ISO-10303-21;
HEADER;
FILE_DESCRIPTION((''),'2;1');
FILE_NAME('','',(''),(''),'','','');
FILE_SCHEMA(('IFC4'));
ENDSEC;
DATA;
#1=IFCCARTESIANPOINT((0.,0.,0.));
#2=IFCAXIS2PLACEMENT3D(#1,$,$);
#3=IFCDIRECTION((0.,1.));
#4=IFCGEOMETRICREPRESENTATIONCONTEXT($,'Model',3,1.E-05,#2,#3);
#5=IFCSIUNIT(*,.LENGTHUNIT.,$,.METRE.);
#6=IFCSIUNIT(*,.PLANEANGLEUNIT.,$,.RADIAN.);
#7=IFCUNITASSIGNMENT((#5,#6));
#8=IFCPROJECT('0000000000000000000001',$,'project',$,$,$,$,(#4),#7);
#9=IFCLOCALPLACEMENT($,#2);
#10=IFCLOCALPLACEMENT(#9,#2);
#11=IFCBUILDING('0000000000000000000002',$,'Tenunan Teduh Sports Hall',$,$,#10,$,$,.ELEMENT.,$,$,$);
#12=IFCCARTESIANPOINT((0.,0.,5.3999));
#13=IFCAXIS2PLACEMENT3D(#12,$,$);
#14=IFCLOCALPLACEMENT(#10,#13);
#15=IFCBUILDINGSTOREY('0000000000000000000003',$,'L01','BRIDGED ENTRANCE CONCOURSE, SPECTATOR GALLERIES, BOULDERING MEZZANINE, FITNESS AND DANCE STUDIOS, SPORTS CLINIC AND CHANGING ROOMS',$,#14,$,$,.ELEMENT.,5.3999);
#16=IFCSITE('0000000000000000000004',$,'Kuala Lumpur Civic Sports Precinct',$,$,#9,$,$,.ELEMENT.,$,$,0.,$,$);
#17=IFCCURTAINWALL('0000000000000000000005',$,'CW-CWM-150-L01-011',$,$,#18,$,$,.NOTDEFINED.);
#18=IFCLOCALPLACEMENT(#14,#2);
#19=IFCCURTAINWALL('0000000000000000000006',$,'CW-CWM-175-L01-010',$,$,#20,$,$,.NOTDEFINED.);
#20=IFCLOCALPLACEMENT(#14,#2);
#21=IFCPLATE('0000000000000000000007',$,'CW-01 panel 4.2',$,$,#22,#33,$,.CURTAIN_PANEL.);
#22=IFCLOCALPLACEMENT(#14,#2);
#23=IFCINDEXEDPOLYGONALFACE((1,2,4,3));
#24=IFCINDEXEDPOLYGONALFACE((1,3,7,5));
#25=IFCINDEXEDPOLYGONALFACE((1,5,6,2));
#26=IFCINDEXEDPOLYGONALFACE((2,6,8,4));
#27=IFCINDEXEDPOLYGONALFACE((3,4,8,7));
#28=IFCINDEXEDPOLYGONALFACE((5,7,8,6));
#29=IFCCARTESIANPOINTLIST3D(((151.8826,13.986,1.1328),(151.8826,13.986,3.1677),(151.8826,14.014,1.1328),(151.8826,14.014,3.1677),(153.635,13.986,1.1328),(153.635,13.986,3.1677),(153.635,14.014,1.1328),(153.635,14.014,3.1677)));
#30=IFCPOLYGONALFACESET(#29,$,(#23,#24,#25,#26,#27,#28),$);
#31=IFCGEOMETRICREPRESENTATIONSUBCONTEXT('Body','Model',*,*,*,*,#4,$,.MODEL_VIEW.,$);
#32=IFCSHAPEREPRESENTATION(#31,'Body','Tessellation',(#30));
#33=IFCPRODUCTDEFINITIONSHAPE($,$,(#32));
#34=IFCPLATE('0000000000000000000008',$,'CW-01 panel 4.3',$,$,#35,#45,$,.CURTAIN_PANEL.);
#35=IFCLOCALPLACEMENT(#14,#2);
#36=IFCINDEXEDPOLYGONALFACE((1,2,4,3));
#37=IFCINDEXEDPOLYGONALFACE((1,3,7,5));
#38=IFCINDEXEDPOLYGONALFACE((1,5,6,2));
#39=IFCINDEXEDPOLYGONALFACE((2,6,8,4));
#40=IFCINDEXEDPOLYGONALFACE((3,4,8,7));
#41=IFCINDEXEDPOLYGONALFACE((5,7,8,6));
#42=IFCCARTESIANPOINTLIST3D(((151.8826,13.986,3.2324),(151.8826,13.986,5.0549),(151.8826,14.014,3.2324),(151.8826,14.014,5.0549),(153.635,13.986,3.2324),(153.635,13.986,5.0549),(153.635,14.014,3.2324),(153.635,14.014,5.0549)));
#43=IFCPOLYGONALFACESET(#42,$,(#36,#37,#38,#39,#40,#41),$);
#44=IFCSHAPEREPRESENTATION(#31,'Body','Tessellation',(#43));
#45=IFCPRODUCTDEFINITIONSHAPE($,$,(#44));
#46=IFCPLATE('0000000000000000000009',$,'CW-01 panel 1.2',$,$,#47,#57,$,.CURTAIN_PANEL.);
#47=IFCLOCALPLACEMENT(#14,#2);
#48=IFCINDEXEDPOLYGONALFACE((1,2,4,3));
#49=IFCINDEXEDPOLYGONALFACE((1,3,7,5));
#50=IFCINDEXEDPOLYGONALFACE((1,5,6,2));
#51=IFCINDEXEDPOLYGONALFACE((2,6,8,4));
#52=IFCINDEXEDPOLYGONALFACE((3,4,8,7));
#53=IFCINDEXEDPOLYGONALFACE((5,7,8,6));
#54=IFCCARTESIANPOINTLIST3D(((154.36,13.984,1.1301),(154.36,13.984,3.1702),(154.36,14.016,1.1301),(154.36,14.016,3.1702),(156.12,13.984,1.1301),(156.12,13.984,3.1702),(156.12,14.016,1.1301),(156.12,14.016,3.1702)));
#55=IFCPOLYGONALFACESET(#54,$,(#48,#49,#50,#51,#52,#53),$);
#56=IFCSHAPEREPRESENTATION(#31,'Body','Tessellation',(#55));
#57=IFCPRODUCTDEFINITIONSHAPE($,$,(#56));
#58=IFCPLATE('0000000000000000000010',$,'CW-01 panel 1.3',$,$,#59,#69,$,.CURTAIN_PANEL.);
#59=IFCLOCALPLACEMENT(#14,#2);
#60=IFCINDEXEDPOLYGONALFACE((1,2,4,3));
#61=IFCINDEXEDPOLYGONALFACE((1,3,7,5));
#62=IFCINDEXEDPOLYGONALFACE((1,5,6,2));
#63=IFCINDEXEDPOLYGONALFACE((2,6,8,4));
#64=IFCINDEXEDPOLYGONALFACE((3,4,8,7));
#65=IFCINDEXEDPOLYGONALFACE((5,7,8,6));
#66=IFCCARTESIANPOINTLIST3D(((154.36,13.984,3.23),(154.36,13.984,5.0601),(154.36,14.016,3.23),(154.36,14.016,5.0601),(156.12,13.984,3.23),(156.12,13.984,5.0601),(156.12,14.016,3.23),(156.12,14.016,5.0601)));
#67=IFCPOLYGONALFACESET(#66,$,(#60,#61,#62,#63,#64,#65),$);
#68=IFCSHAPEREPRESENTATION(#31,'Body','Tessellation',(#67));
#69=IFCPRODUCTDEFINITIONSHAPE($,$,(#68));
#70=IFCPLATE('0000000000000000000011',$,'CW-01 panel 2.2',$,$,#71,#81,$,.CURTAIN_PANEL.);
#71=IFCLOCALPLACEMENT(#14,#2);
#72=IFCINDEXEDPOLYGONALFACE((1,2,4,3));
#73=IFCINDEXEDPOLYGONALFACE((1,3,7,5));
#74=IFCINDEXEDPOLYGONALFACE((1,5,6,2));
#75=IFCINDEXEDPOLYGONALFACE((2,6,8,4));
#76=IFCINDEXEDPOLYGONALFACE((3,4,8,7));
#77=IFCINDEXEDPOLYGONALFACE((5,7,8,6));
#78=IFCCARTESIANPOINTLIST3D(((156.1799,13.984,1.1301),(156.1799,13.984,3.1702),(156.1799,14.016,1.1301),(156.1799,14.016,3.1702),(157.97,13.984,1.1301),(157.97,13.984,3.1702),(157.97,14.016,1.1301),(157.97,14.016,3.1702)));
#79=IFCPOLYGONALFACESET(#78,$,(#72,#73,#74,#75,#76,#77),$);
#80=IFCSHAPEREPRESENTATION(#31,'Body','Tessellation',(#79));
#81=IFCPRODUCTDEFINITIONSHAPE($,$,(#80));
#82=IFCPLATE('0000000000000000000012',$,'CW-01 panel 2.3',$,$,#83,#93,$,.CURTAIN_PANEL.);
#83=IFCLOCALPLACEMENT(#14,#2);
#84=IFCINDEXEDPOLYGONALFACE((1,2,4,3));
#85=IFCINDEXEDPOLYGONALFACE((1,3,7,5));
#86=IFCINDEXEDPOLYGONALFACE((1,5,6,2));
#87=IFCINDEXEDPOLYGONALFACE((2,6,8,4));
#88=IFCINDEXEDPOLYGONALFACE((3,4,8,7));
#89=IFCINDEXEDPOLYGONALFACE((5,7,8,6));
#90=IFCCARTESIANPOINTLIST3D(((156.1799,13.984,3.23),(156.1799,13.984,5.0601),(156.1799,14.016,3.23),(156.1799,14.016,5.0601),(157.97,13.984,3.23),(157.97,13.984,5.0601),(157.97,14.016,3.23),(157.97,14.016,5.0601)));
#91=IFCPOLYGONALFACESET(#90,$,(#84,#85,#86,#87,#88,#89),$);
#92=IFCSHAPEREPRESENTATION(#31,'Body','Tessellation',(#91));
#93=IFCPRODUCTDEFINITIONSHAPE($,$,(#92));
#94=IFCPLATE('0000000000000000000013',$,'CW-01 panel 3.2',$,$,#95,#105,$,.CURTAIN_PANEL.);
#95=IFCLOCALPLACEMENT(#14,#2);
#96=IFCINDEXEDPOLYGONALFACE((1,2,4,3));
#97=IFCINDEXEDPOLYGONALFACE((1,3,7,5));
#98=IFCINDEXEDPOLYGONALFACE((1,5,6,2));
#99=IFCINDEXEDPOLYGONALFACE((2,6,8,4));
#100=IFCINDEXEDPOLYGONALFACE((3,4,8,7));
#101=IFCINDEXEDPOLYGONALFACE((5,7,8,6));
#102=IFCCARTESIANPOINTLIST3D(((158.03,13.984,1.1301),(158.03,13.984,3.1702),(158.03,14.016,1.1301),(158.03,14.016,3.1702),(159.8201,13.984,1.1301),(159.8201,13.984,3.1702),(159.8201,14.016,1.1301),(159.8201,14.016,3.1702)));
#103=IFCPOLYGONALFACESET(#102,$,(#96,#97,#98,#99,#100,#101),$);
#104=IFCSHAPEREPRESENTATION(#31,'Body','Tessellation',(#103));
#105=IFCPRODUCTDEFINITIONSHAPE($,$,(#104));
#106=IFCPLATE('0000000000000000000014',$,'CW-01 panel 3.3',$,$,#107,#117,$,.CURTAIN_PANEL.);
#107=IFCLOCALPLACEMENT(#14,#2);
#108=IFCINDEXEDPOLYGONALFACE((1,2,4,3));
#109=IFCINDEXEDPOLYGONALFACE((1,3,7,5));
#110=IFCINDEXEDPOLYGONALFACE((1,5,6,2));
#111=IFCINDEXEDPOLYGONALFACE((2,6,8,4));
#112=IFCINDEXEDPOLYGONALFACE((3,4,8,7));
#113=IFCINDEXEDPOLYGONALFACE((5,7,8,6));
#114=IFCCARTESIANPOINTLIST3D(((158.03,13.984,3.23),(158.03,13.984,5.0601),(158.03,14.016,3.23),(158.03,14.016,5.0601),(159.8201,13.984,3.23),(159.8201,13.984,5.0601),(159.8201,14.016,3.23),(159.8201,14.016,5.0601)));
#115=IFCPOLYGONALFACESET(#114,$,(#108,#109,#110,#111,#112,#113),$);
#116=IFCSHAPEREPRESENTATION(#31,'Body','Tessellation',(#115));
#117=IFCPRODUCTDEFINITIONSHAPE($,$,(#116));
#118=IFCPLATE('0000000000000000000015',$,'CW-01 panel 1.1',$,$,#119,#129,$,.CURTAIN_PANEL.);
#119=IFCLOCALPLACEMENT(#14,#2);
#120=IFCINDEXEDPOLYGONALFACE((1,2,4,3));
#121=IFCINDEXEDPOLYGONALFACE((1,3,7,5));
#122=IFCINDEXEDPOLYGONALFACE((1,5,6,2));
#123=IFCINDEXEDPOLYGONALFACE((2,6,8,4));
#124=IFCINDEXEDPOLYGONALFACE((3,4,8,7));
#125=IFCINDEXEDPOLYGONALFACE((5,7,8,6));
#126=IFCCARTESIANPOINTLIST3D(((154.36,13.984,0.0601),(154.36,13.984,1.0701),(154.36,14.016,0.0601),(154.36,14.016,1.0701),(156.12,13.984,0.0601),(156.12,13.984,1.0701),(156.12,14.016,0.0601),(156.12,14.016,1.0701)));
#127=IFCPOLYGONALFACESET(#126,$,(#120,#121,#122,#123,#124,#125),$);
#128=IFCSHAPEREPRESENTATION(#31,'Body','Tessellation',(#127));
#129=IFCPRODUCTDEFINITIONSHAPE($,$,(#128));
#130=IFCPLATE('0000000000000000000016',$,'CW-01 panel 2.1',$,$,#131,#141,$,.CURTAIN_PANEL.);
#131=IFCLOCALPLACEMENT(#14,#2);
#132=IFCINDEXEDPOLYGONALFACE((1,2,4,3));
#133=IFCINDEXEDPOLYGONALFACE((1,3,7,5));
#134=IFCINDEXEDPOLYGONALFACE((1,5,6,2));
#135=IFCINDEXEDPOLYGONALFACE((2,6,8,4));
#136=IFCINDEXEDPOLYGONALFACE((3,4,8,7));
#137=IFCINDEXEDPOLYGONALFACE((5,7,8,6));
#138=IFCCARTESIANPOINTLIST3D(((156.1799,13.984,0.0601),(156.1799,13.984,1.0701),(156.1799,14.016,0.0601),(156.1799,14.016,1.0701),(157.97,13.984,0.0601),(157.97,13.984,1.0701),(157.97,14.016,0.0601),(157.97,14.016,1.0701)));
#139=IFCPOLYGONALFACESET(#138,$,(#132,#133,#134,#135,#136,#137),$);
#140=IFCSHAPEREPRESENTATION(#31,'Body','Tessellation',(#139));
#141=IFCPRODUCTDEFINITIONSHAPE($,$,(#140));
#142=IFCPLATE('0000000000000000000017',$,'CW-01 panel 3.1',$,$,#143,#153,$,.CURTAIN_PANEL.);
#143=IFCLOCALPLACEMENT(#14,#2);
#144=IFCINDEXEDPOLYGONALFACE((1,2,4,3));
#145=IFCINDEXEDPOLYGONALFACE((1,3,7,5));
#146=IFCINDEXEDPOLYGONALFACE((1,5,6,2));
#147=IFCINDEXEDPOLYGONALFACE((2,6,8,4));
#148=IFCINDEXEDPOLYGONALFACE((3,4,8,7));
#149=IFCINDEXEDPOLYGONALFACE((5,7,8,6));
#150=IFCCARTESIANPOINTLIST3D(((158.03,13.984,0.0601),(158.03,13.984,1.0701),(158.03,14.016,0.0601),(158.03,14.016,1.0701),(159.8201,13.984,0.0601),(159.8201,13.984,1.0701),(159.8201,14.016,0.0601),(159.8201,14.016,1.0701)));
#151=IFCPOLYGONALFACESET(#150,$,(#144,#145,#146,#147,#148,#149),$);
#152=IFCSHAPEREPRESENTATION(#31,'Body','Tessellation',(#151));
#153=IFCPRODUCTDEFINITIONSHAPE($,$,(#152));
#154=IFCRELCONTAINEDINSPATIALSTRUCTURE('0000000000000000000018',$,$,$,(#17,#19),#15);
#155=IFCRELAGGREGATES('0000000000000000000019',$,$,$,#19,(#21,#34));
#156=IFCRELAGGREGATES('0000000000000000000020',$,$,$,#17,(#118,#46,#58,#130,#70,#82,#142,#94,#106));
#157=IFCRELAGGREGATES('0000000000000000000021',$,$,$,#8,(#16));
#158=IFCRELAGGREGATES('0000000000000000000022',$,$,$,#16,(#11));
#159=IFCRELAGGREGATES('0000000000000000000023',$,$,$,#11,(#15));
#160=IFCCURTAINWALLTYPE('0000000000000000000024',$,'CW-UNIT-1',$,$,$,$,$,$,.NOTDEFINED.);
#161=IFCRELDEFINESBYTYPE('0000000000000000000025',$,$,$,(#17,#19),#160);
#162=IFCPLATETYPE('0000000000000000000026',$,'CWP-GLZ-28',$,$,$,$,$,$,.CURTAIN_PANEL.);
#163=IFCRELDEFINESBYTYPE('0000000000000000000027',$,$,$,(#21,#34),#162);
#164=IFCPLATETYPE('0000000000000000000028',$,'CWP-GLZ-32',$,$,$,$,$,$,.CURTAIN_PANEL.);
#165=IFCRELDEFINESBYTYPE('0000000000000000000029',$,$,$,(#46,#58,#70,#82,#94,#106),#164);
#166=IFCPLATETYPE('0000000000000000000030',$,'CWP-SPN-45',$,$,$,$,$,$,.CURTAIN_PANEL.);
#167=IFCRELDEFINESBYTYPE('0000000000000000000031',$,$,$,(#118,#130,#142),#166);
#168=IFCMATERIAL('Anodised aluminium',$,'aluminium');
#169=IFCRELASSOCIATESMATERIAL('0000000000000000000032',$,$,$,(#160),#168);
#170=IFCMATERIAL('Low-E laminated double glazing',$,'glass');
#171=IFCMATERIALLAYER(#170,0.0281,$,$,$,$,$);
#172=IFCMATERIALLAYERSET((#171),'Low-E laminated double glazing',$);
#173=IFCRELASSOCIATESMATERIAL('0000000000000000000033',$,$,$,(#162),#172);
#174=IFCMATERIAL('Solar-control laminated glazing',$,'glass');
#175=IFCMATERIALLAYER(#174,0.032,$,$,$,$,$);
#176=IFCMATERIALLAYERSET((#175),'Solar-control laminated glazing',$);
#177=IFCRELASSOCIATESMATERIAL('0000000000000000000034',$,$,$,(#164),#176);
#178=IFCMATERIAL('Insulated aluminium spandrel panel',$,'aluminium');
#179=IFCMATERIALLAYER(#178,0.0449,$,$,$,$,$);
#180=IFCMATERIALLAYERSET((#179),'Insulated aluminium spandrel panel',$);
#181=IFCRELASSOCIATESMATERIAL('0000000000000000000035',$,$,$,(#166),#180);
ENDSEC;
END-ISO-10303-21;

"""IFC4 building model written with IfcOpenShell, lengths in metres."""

from ifc_helpers import new_model, si_unit, direction, frame, origin, origin_2d, place, context, subcontext, project, spatial, rectangle, extrude, material, layer, layer_set, type_object, element, aggregate, save


model = new_model("IFC4")

# Units and contexts
model_context = context("Model", 3, precision=1e-05, world=origin(), true_north=direction((0.0, 1.0)))
body_context = subcontext(model_context, "Body", "Model", "MODEL_VIEW")
ifc_project = project(units=[si_unit("LENGTHUNIT", "METRE"), si_unit("PLANEANGLEUNIT", "RADIAN")], contexts=[model_context])

# Site, building, storey
site_placement = place(None, origin())
site = spatial("IfcSite", under=ifc_project, at=site_placement, Name="Kuala Lumpur Civic Sports Precinct", CompositionType="ELEMENT", RefElevation=0.0)
building_placement = place(site_placement, origin())
building = spatial("IfcBuilding", under=site, at=building_placement, Name="Tenunan Teduh Sports Hall", CompositionType="ELEMENT")
storey_placement = place(building_placement, frame((0.0, 0.0, 5.3999)))
storey = spatial("IfcBuildingStorey", under=building, at=storey_placement, Name="L01", Description="BRIDGED ENTRANCE CONCOURSE, SPECTATOR GALLERIES, BOULDERING MEZZANINE, FITNESS AND DANCE STUDIOS, SPORTS CLINIC AND CHANGING ROOMS", CompositionType="ELEMENT", Elevation=5.3999)

# Curtain wall
ifc_material_1 = material(Name="Anodised aluminium", Category="aluminium")
curtain_wall_type = type_object("IfcCurtainWallType", Name="CW-UNIT-1", PredefinedType="NOTDEFINED", material=ifc_material_1)
curtain_wall_1_placement = place(storey_placement, origin())
curtain_wall_1 = element("IfcCurtainWall", 1, at=curtain_wall_1_placement, inside=storey, type_object=curtain_wall_type, Name="CW-CWM-150-L01-011", PredefinedType="NOTDEFINED")

# Curtain wall
curtain_wall_2_placement = place(storey_placement, origin())
curtain_wall_2 = element("IfcCurtainWall", 2, at=curtain_wall_2_placement, inside=storey, type_object=curtain_wall_type, Name="CW-CWM-175-L01-010", PredefinedType="NOTDEFINED")

# Plates
ifc_material_2 = material(Name="Low-E laminated double glazing", Category="glass")
ifc_layer_1 = layer(ifc_material_2, 0.0281)
ifc_layer_set_1 = layer_set([ifc_layer_1], Name="Low-E laminated double glazing")
plate_type_1 = type_object("IfcPlateType", Name="CWP-GLZ-28", PredefinedType="CURTAIN_PANEL", material=ifc_layer_set_1)
plate_1_placement = place(storey_placement, frame((152.7588, 14.0, 1.1328), z_axis=(0.0, 0.0, 1.0), x_axis=(1.0, 0.0, 0.0)))
plate_1 = element("IfcPlate", 3, at=plate_1_placement, type_object=plate_type_1, Name="CW-01 panel 4.2", PredefinedType="CURTAIN_PANEL", context=body_context, shape_type="SweptSolid", body=[
    extrude(rectangle(XDim=1.7524, YDim=0.0281, at=origin_2d()), origin(), (0.0, 0.0, 1.0), 2.0349),
])
plate_2_placement = place(storey_placement, frame((152.7588, 14.0, 3.2324), z_axis=(0.0, 0.0, 1.0), x_axis=(1.0, 0.0, 0.0)))
plate_2 = element("IfcPlate", 4, at=plate_2_placement, type_object=plate_type_1, Name="CW-01 panel 4.3", PredefinedType="CURTAIN_PANEL", context=body_context, shape_type="SweptSolid", body=[
    extrude(rectangle(XDim=1.7524, YDim=0.0281, at=origin_2d()), origin(), (0.0, 0.0, 1.0), 1.8225),
])
aggregate(curtain_wall_2, [plate_1, plate_2])
ifc_material_3 = material(Name="Solar-control laminated glazing", Category="glass")
ifc_layer_2 = layer(ifc_material_3, 0.032)
ifc_layer_set_2 = layer_set([ifc_layer_2], Name="Solar-control laminated glazing")
plate_type_2 = type_object("IfcPlateType", Name="CWP-GLZ-32", PredefinedType="CURTAIN_PANEL", material=ifc_layer_set_2)
plate_3_placement = place(storey_placement, frame((155.24, 14.0, 1.1301), z_axis=(0.0, 0.0, 1.0), x_axis=(1.0, 0.0, 0.0)))
plate_3 = element("IfcPlate", 5, at=plate_3_placement, type_object=plate_type_2, Name="CW-01 panel 1.2", PredefinedType="CURTAIN_PANEL", context=body_context, shape_type="SweptSolid", body=[
    extrude(rectangle(XDim=1.76, YDim=0.032, at=origin_2d()), origin(), (0.0, 0.0, 1.0), 2.04),
])
plate_4_placement = place(storey_placement, frame((155.24, 14.0, 3.23), z_axis=(0.0, 0.0, 1.0), x_axis=(1.0, 0.0, 0.0)))
plate_4 = element("IfcPlate", 6, at=plate_4_placement, type_object=plate_type_2, Name="CW-01 panel 1.3", PredefinedType="CURTAIN_PANEL", context=body_context, shape_type="SweptSolid", body=[
    extrude(rectangle(XDim=1.76, YDim=0.032, at=origin_2d()), origin(), (0.0, 0.0, 1.0), 1.8301),
])
plate_5_placement = place(storey_placement, frame((157.075, 14.0, 1.1301), z_axis=(0.0, 0.0, 1.0), x_axis=(1.0, 0.0, 0.0)))
plate_5 = element("IfcPlate", 7, at=plate_5_placement, type_object=plate_type_2, Name="CW-01 panel 2.2", PredefinedType="CURTAIN_PANEL", context=body_context, shape_type="SweptSolid", body=[
    extrude(rectangle(XDim=1.79, YDim=0.032, at=origin_2d()), origin(), (0.0, 0.0, 1.0), 2.04),
])
plate_6_placement = place(storey_placement, frame((157.075, 14.0, 3.23), z_axis=(0.0, 0.0, 1.0), x_axis=(1.0, 0.0, 0.0)))
plate_6 = element("IfcPlate", 8, at=plate_6_placement, type_object=plate_type_2, Name="CW-01 panel 2.3", PredefinedType="CURTAIN_PANEL", context=body_context, shape_type="SweptSolid", body=[
    extrude(rectangle(XDim=1.79, YDim=0.032, at=origin_2d()), origin(), (0.0, 0.0, 1.0), 1.8301),
])
plate_7_placement = place(storey_placement, frame((158.925, 14.0, 1.1301), z_axis=(0.0, 0.0, 1.0), x_axis=(1.0, 0.0, 0.0)))
plate_7 = element("IfcPlate", 9, at=plate_7_placement, type_object=plate_type_2, Name="CW-01 panel 3.2", PredefinedType="CURTAIN_PANEL", context=body_context, shape_type="SweptSolid", body=[
    extrude(rectangle(XDim=1.79, YDim=0.032, at=origin_2d()), origin(), (0.0, 0.0, 1.0), 2.04),
])
plate_8_placement = place(storey_placement, frame((158.925, 14.0, 3.23), z_axis=(0.0, 0.0, 1.0), x_axis=(1.0, 0.0, 0.0)))
plate_8 = element("IfcPlate", 10, at=plate_8_placement, type_object=plate_type_2, Name="CW-01 panel 3.3", PredefinedType="CURTAIN_PANEL", context=body_context, shape_type="SweptSolid", body=[
    extrude(rectangle(XDim=1.79, YDim=0.032, at=origin_2d()), origin(), (0.0, 0.0, 1.0), 1.8301),
])
ifc_material_4 = material(Name="Insulated aluminium spandrel panel", Category="aluminium")
ifc_layer_3 = layer(ifc_material_4, 0.0449)
ifc_layer_set_3 = layer_set([ifc_layer_3], Name="Insulated aluminium spandrel panel")
plate_type_3 = type_object("IfcPlateType", Name="CWP-SPN-45", PredefinedType="CURTAIN_PANEL", material=ifc_layer_set_3)
plate_9_placement = place(storey_placement, frame((155.24, 14.0, 0.0601), z_axis=(0.0, 0.0, 1.0), x_axis=(1.0, 0.0, 0.0)))
plate_9 = element("IfcPlate", 11, at=plate_9_placement, type_object=plate_type_3, Name="CW-01 panel 1.1", PredefinedType="CURTAIN_PANEL", context=body_context, shape_type="SweptSolid", body=[
    extrude(rectangle(XDim=1.76, YDim=0.032, at=origin_2d()), origin(), (0.0, 0.0, 1.0), 1.01),
])
plate_10_placement = place(storey_placement, frame((157.075, 14.0, 0.0601), z_axis=(0.0, 0.0, 1.0), x_axis=(1.0, 0.0, 0.0)))
plate_10 = element("IfcPlate", 12, at=plate_10_placement, type_object=plate_type_3, Name="CW-01 panel 2.1", PredefinedType="CURTAIN_PANEL", context=body_context, shape_type="SweptSolid", body=[
    extrude(rectangle(XDim=1.79, YDim=0.032, at=origin_2d()), origin(), (0.0, 0.0, 1.0), 1.01),
])
plate_11_placement = place(storey_placement, frame((158.925, 14.0, 0.0601), z_axis=(0.0, 0.0, 1.0), x_axis=(1.0, 0.0, 0.0)))
plate_11 = element("IfcPlate", 13, at=plate_11_placement, type_object=plate_type_3, Name="CW-01 panel 3.1", PredefinedType="CURTAIN_PANEL", context=body_context, shape_type="SweptSolid", body=[
    extrude(rectangle(XDim=1.79, YDim=0.032, at=origin_2d()), origin(), (0.0, 0.0, 1.0), 1.01),
])
aggregate(curtain_wall_1, [plate_9, plate_3, plate_4, plate_10, plate_5, plate_6, plate_11, plate_7, plate_8])

save(model, "model.ifc")
